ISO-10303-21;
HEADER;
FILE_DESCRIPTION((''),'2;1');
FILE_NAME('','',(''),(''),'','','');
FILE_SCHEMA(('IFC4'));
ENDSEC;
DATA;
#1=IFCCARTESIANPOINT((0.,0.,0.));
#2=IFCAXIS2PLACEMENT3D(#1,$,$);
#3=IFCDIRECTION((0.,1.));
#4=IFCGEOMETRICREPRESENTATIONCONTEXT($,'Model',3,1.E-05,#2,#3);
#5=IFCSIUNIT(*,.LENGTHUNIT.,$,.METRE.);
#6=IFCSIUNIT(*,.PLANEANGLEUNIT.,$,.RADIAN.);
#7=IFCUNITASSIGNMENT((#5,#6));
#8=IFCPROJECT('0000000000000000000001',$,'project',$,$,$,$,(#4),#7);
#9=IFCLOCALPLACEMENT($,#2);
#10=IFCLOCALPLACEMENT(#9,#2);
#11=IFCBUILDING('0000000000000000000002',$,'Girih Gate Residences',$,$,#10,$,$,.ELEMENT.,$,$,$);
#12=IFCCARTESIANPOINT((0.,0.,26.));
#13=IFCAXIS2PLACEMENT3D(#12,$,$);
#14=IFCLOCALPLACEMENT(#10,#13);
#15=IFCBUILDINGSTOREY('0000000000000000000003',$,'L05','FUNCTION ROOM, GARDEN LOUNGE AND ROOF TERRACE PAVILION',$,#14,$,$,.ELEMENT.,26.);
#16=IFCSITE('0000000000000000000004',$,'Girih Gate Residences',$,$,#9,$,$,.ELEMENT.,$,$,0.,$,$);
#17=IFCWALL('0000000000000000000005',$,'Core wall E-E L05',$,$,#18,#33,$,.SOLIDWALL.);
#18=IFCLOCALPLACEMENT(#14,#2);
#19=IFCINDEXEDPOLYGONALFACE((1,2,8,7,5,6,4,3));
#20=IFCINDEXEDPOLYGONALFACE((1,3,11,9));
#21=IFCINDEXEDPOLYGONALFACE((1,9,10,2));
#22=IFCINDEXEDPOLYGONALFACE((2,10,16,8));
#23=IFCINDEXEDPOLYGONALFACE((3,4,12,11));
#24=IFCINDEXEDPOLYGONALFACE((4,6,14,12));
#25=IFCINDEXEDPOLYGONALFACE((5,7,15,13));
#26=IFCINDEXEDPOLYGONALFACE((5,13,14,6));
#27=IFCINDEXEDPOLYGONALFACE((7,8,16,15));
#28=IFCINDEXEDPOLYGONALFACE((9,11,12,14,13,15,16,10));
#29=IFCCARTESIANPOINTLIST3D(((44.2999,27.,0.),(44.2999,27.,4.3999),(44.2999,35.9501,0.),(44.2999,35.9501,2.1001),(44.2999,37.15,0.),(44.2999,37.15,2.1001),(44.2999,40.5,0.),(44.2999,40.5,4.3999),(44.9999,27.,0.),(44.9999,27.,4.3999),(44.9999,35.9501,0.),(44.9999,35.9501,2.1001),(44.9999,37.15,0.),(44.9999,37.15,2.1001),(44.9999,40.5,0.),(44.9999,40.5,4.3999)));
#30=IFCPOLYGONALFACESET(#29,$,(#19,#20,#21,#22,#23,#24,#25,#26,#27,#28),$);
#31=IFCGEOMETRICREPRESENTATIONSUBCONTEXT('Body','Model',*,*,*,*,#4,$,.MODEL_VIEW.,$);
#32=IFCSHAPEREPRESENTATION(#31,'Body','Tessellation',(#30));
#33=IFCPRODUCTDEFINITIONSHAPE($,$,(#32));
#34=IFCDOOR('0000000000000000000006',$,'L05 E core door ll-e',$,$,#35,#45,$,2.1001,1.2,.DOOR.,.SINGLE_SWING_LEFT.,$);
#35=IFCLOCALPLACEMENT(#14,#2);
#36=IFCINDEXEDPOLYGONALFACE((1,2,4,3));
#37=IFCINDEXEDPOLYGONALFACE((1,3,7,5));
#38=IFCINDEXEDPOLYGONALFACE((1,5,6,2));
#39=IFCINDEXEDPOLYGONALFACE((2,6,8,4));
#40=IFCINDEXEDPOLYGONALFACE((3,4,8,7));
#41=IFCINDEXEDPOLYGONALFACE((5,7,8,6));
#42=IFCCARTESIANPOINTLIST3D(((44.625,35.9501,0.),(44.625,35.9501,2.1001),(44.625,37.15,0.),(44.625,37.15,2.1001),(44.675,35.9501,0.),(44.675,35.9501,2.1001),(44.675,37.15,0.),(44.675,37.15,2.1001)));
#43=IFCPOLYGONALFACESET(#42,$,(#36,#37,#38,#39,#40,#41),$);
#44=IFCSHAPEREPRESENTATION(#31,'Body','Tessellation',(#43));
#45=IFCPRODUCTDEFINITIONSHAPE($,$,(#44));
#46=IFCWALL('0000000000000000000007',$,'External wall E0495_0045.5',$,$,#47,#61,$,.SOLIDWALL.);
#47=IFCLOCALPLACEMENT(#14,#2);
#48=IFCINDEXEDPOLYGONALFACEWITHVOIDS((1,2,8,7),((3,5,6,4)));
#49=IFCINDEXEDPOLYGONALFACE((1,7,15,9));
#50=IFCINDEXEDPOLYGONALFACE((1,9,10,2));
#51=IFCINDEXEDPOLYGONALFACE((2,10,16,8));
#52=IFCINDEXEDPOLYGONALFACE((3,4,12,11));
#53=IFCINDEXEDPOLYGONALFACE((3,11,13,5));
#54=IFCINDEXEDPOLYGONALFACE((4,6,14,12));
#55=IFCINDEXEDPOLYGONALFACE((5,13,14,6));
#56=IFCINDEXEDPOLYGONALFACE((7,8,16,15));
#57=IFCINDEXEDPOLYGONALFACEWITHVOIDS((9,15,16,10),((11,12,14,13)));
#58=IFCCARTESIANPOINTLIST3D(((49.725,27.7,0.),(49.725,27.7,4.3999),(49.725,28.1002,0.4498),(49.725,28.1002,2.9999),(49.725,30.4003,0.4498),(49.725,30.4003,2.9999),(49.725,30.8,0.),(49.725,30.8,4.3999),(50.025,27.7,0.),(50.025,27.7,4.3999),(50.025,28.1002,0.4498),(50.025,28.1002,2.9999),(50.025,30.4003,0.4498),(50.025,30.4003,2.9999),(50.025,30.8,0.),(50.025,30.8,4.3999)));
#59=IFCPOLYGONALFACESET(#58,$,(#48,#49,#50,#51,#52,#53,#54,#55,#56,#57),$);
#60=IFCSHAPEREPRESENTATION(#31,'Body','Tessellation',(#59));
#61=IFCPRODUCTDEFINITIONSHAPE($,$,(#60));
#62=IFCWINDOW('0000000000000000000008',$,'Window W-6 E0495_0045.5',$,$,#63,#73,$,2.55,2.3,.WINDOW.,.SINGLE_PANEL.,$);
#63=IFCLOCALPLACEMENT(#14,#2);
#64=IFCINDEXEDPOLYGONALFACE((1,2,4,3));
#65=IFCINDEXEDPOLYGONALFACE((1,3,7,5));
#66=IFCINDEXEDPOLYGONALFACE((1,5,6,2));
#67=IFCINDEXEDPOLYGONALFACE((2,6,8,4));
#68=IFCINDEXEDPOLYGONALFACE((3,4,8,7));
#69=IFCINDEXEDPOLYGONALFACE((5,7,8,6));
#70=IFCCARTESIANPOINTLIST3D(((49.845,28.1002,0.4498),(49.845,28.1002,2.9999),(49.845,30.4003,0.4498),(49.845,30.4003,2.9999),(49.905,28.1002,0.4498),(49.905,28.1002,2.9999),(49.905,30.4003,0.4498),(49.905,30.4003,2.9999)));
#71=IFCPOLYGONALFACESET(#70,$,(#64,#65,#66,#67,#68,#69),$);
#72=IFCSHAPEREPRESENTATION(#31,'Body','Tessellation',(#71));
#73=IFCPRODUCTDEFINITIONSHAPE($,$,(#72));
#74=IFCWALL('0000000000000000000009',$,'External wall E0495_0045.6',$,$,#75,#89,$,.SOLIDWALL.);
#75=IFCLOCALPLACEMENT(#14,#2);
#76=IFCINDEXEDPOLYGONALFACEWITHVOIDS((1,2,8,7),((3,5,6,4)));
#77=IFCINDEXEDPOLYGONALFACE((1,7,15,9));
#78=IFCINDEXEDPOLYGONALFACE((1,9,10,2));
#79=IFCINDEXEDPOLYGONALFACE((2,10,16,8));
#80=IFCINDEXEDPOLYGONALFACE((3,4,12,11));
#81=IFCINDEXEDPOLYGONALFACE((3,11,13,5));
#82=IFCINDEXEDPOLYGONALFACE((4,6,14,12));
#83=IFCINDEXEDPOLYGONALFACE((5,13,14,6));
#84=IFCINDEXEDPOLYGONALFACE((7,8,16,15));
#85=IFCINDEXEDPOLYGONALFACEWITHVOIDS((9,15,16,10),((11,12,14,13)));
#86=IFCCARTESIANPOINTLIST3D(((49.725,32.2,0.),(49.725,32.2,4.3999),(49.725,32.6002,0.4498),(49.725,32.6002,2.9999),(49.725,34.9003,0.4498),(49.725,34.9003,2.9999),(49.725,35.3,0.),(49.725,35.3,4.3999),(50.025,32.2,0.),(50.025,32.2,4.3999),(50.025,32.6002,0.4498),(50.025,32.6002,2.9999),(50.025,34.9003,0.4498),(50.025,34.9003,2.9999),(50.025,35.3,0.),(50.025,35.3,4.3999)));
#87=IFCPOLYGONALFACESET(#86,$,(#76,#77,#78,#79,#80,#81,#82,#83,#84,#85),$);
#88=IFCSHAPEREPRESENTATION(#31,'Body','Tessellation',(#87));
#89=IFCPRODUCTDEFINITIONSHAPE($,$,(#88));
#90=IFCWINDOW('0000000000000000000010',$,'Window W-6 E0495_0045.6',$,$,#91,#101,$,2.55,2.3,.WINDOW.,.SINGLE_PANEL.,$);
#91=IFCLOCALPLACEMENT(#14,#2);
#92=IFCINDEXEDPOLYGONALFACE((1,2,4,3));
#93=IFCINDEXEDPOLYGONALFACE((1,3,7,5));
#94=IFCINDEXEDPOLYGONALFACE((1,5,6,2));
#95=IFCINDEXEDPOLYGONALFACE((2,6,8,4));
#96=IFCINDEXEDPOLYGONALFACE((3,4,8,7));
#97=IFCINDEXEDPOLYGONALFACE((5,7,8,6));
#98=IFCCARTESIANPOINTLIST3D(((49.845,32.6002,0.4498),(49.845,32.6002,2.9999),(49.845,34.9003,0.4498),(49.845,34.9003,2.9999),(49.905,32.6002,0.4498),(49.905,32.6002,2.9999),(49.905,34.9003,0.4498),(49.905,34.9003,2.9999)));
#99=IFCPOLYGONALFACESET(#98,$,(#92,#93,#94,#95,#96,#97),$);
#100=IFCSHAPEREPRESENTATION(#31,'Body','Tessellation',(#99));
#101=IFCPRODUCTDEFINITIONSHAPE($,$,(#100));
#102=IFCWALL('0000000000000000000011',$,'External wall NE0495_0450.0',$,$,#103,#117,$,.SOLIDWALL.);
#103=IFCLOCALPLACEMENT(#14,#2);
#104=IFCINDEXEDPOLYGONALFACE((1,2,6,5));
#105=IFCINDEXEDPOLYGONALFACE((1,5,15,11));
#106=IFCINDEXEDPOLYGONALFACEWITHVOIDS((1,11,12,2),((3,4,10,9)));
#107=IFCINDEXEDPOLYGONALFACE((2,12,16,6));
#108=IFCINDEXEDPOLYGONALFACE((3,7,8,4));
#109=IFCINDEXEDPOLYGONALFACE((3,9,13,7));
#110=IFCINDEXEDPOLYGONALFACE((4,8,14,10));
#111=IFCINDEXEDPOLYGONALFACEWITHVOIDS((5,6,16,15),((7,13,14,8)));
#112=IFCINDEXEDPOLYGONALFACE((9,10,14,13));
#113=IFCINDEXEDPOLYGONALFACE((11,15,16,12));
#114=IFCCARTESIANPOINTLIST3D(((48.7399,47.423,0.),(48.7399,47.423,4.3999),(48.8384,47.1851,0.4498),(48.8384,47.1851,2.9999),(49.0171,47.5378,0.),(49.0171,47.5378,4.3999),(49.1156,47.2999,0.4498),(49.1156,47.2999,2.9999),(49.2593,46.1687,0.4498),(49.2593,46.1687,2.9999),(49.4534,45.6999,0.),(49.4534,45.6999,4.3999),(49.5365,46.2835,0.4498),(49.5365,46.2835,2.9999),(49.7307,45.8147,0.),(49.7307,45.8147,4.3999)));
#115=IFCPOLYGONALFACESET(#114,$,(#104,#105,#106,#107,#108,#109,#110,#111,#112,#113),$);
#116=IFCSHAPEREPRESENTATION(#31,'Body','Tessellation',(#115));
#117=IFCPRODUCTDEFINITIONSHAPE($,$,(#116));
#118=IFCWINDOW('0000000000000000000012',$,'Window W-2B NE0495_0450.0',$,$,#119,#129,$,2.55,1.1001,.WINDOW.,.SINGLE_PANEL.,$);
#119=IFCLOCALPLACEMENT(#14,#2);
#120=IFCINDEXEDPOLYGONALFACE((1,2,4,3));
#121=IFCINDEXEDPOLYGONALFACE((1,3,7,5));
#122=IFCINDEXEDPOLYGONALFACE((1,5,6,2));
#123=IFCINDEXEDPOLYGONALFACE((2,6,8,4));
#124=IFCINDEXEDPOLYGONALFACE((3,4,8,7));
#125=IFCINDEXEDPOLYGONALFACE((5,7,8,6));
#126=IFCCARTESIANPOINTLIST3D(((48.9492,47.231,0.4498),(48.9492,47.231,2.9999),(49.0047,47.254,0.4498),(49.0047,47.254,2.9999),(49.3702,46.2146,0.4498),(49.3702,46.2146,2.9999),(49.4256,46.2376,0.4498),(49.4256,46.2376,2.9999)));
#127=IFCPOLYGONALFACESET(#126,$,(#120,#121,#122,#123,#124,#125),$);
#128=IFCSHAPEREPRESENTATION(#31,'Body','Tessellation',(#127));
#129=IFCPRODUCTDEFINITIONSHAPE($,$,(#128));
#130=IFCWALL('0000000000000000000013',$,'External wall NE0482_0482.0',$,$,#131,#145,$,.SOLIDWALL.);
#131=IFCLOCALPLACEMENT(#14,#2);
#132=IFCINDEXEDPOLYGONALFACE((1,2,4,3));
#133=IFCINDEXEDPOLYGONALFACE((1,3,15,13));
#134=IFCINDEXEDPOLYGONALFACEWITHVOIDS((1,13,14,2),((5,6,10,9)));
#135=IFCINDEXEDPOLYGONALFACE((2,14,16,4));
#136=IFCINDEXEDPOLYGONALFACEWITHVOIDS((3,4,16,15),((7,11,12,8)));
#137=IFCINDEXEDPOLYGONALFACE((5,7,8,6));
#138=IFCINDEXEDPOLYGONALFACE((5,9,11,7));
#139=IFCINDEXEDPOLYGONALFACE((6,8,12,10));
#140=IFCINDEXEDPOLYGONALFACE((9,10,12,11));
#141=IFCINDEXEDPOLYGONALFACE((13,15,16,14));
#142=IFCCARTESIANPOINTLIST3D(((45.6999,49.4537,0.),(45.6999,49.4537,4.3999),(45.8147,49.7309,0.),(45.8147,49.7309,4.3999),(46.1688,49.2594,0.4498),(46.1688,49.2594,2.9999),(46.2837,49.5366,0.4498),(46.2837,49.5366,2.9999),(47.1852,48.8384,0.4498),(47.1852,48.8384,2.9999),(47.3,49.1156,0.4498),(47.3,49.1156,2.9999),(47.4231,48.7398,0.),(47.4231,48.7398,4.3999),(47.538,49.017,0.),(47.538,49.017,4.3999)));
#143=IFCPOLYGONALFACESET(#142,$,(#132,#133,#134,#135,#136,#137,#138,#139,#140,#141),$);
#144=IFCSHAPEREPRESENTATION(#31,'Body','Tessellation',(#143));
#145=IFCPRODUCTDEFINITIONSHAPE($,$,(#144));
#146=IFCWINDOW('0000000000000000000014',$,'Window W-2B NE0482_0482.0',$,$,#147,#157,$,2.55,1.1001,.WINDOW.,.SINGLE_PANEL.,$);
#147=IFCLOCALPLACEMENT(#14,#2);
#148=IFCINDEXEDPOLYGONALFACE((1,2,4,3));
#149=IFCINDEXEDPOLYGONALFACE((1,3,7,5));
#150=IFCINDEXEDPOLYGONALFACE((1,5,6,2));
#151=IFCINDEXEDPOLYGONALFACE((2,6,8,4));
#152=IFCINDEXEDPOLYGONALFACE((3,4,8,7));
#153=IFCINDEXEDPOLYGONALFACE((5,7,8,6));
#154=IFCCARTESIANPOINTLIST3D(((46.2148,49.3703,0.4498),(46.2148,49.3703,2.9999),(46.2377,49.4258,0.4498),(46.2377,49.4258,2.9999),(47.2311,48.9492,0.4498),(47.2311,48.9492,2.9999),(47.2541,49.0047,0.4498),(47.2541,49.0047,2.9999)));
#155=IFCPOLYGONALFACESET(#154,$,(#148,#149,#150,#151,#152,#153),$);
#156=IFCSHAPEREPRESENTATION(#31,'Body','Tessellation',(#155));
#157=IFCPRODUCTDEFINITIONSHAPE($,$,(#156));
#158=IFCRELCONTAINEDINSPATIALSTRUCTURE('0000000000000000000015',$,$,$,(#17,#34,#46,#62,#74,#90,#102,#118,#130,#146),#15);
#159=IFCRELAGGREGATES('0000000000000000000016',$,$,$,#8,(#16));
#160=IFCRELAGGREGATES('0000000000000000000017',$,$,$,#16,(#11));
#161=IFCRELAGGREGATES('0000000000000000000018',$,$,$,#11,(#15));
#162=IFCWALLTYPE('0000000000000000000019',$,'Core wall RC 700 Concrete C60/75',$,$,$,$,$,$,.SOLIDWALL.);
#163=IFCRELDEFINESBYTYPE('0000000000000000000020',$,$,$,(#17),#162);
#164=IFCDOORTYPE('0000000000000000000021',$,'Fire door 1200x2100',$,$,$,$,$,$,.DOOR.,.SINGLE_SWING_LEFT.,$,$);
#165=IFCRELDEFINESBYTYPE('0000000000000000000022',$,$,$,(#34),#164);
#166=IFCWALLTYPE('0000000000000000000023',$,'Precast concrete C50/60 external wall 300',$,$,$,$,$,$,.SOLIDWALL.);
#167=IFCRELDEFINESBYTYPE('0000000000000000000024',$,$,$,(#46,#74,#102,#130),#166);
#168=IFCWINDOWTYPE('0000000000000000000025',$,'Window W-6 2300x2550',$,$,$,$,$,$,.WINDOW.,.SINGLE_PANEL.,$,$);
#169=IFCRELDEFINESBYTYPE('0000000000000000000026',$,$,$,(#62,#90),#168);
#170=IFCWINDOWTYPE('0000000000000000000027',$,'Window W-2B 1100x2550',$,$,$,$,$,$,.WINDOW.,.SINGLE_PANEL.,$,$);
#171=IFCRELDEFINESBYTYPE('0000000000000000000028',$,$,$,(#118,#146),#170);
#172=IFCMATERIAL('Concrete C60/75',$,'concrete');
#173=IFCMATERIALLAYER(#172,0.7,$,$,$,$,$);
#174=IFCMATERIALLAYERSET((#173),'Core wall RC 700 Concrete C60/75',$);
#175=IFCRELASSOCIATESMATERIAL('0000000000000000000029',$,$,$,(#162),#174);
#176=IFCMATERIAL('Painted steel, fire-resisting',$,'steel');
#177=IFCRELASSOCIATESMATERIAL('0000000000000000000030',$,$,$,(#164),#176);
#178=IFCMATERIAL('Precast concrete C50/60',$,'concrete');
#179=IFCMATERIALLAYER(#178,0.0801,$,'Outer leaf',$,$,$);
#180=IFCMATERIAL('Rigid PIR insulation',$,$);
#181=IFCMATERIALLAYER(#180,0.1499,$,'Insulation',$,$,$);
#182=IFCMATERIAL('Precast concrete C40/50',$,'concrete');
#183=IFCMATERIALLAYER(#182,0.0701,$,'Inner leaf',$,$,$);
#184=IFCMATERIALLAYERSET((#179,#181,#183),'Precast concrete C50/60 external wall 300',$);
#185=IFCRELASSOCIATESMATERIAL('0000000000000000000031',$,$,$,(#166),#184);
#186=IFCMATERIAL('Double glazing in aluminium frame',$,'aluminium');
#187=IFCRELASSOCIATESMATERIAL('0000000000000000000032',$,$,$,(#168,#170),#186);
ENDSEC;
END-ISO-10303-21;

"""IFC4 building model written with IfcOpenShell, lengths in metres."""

from ifc_helpers import new_model, si_unit, direction, frame, frame_2d, origin, place, context, subcontext, project, spatial, rectangle, extrude, material, layer, layer_set, type_object, element, fill, save


model = new_model("IFC4")

# Units and contexts
model_context = context("Model", 3, precision=1e-05, world=origin(), true_north=direction((0.0, 1.0)))
body_context = subcontext(model_context, "Body", "Model", "MODEL_VIEW")
ifc_project = project(units=[si_unit("LENGTHUNIT", "METRE"), si_unit("PLANEANGLEUNIT", "RADIAN")], contexts=[model_context])

# Site, building, storey
site_placement = place(None, origin())
site = spatial("IfcSite", under=ifc_project, at=site_placement, Name="Girih Gate Residences", CompositionType="ELEMENT", RefElevation=0.0)
building_placement = place(site_placement, origin())
building = spatial("IfcBuilding", under=site, at=building_placement, Name="Girih Gate Residences", CompositionType="ELEMENT")
storey_placement = place(building_placement, frame((0.0, 0.0, 26.0)))
storey = spatial("IfcBuildingStorey", under=building, at=storey_placement, Name="L05", Description="FUNCTION ROOM, GARDEN LOUNGE AND ROOF TERRACE PAVILION", CompositionType="ELEMENT", Elevation=26.0)

# Shared definitions
ifc_material_1 = material(Name="Concrete C60/75", Category="concrete")

# Wall, opening, door
ifc_layer_1 = layer(ifc_material_1, 0.7)
ifc_layer_set_1 = layer_set([ifc_layer_1], Name="Core wall RC 700 Concrete C60/75")
wall_type_1 = type_object("IfcWallType", Name="Core wall RC 700 Concrete C60/75", PredefinedType="SOLIDWALL", material=ifc_layer_set_1)
wall_1_placement = place(storey_placement, frame((44.6499, 27.0, 0.0), z_axis=(0.0, 0.0, 1.0), x_axis=(0.0, 1.0, 0.0)))
wall_1 = element("IfcWall", 1, at=wall_1_placement, inside=storey, type_object=wall_type_1, Name="Core wall E-E L05", PredefinedType="SOLIDWALL", context=body_context, shape_type="SweptSolid", body=[
    extrude(rectangle(XDim=13.5, YDim=0.7, at=frame_2d((6.75, 0.0))), origin(), (0.0, 0.0, 1.0), 4.3999),
])
opening_1_placement = place(wall_1_placement, frame((8.95, 0.0, 0.0)))
opening_1 = element("IfcOpeningElement", 2, at=opening_1_placement, cuts=wall_1, PredefinedType="OPENING", context=body_context, shape_type="SweptSolid", body=[
    extrude(rectangle(XDim=1.2, YDim=2.1001, at=frame_2d((0.6001, 1.05))), frame((0.0, 0.3599, 0.0), z_axis=(0.0, -1.0, 0.0), x_axis=(1.0, 0.0, 0.0)), (0.0, 0.0, 1.0), 0.72),
])
ifc_material_2 = material(Name="Painted steel, fire-resisting", Category="steel")
door_type_1 = type_object("IfcDoorType", Name="Fire door 1200x2100", OperationType="SINGLE_SWING_LEFT", PredefinedType="DOOR", material=ifc_material_2)
door_1_placement = place(opening_1_placement, origin())
door_1 = element("IfcDoor", 3, at=door_1_placement, inside=storey, type_object=door_type_1, Name="L05 E core door ll-e", OperationType="SINGLE_SWING_LEFT", OverallHeight=2.1001, OverallWidth=1.2, PredefinedType="DOOR", context=body_context, shape_type="SweptSolid", body=[
    extrude(rectangle(XDim=1.2, YDim=2.1001, at=frame_2d((0.6001, 1.05))), frame((0.0, 0.0249, 0.0), z_axis=(0.0, -1.0, 0.0), x_axis=(1.0, 0.0, 0.0)), (0.0, 0.0, 1.0), 0.05),
])
fill(opening_1, door_1)

# Walls, openings, windows
ifc_material_3 = material(Name="Precast concrete C50/60", Category="concrete")
ifc_layer_2 = layer(ifc_material_3, 0.0801, Name="Outer leaf")
ifc_material_4 = material(Name="Rigid PIR insulation")
ifc_layer_3 = layer(ifc_material_4, 0.1499, Name="Insulation")
ifc_material_5 = material(Name="Precast concrete C40/50", Category="concrete")
ifc_layer_4 = layer(ifc_material_5, 0.0701, Name="Inner leaf")
ifc_layer_set_2 = layer_set([ifc_layer_2, ifc_layer_3, ifc_layer_4], Name="Precast concrete C50/60 external wall 300")
wall_type_2 = type_object("IfcWallType", Name="Precast concrete C50/60 external wall 300", PredefinedType="SOLIDWALL", material=ifc_layer_set_2)
wall_2_placement = place(storey_placement, frame((49.875, 30.8, 0.0), z_axis=(0.0, 0.0, 1.0), x_axis=(0.0, -1.0, 0.0)))
wall_2 = element("IfcWall", 4, at=wall_2_placement, inside=storey, type_object=wall_type_2, Name="External wall E0495_0045.5", PredefinedType="SOLIDWALL", context=body_context, shape_type="SweptSolid", body=[
    extrude(rectangle(XDim=3.1001, YDim=0.3, at=frame_2d((1.55, 0.0))), origin(), (0.0, 0.0, 1.0), 4.3999),
])
opening_2_placement = place(wall_2_placement, frame((0.3999, 0.0, 0.45)))
opening_2 = element("IfcOpeningElement", 5, at=opening_2_placement, cuts=wall_2, PredefinedType="OPENING", context=body_context, shape_type="SweptSolid", body=[
    extrude(rectangle(XDim=2.3, YDim=2.55, at=frame_2d((1.1499, 1.2749))), frame((0.0, 0.1599, 0.0), z_axis=(0.0, -1.0, 0.0), x_axis=(1.0, 0.0, 0.0)), (0.0, 0.0, 1.0), 0.3201),
])
ifc_material_6 = material(Name="Double glazing in aluminium frame", Category="aluminium")
window_type_1 = type_object("IfcWindowType", Name="Window W-6 2300x2550", PartitioningType="SINGLE_PANEL", PredefinedType="WINDOW", material=ifc_material_6)
window_1_placement = place(opening_2_placement, origin())
window_1 = element("IfcWindow", 6, at=window_1_placement, inside=storey, type_object=window_type_1, Name="Window W-6 E0495_0045.5", OverallHeight=2.55, OverallWidth=2.3, PartitioningType="SINGLE_PANEL", PredefinedType="WINDOW", context=body_context, shape_type="SweptSolid", body=[
    extrude(rectangle(XDim=2.3, YDim=2.55, at=frame_2d((1.1499, 1.2749))), frame((0.0, 0.03, 0.0), z_axis=(0.0, -1.0, 0.0), x_axis=(1.0, 0.0, 0.0)), (0.0, 0.0, 1.0), 0.0601),
])
fill(opening_2, window_1)
wall_3_placement = place(storey_placement, frame((49.875, 35.3, 0.0), z_axis=(0.0, 0.0, 1.0), x_axis=(0.0, -1.0, 0.0)))
wall_3 = element("IfcWall", 7, at=wall_3_placement, inside=storey, type_object=wall_type_2, Name="External wall E0495_0045.6", PredefinedType="SOLIDWALL", context=body_context, shape_type="SweptSolid", body=[
    extrude(rectangle(XDim=3.1001, YDim=0.3, at=frame_2d((1.55, 0.0))), origin(), (0.0, 0.0, 1.0), 4.3999),
])
opening_3_placement = place(wall_3_placement, frame((0.3999, 0.0, 0.45)))
opening_3 = element("IfcOpeningElement", 8, at=opening_3_placement, cuts=wall_3, PredefinedType="OPENING", context=body_context, shape_type="SweptSolid", body=[
    extrude(rectangle(XDim=2.3, YDim=2.55, at=frame_2d((1.1499, 1.2749))), frame((0.0, 0.1599, 0.0), z_axis=(0.0, -1.0, 0.0), x_axis=(1.0, 0.0, 0.0)), (0.0, 0.0, 1.0), 0.3201),
])
window_2_placement = place(opening_3_placement, origin())
window_2 = element("IfcWindow", 9, at=window_2_placement, inside=storey, type_object=window_type_1, Name="Window W-6 E0495_0045.6", OverallHeight=2.55, OverallWidth=2.3, PartitioningType="SINGLE_PANEL", PredefinedType="WINDOW", context=body_context, shape_type="SweptSolid", body=[
    extrude(rectangle(XDim=2.3, YDim=2.55, at=frame_2d((1.1499, 1.2749))), frame((0.0, 0.03, 0.0), z_axis=(0.0, -1.0, 0.0), x_axis=(1.0, 0.0, 0.0)), (0.0, 0.0, 1.0), 0.0601),
])
fill(opening_3, window_2)
wall_4_placement = place(storey_placement, frame((48.8784, 47.4805, 0.0), z_axis=(0.0, 0.0, 1.0), x_axis=(0.382625, -0.923904, 0.0)))
wall_4 = element("IfcWall", 10, at=wall_4_placement, inside=storey, type_object=wall_type_2, Name="External wall NE0495_0450.0", PredefinedType="SOLIDWALL", context=body_context, shape_type="SweptSolid", body=[
    extrude(rectangle(XDim=1.865, YDim=0.3, at=frame_2d((0.9326, 0.0))), origin(), (0.0, 0.0, 1.0), 4.3999),
])
opening_4_placement = place(wall_4_placement, frame((0.2576, 0.0, 0.45)))
opening_4 = element("IfcOpeningElement", 11, at=opening_4_placement, cuts=wall_4, PredefinedType="OPENING", context=body_context, shape_type="SweptSolid", body=[
    extrude(rectangle(XDim=1.1001, YDim=2.55, at=frame_2d((0.55, 1.2749))), frame((0.0, 0.1599, 0.0), z_axis=(0.0, -1.0, 0.0), x_axis=(1.0, 0.0, 0.0)), (0.0, 0.0, 1.0), 0.3201),
])
window_type_2 = type_object("IfcWindowType", Name="Window W-2B 1100x2550", PartitioningType="SINGLE_PANEL", PredefinedType="WINDOW", material=ifc_material_6)
window_3_placement = place(opening_4_placement, origin())
window_3 = element("IfcWindow", 12, at=window_3_placement, inside=storey, type_object=window_type_2, Name="Window W-2B NE0495_0450.0", OverallHeight=2.55, OverallWidth=1.1001, PartitioningType="SINGLE_PANEL", PredefinedType="WINDOW", context=body_context, shape_type="SweptSolid", body=[
    extrude(rectangle(XDim=1.1001, YDim=2.55, at=frame_2d((0.55, 1.2749))), frame((0.0, 0.03, 0.0), z_axis=(0.0, -1.0, 0.0), x_axis=(1.0, 0.0, 0.0)), (0.0, 0.0, 1.0), 0.0601),
])
fill(opening_4, window_3)
wall_5_placement = place(storey_placement, frame((45.7573, 49.5923, 0.0), z_axis=(0.0, 0.0, 1.0), x_axis=(0.923857, -0.382737, 0.0)))
wall_5 = element("IfcWall", 13, at=wall_5_placement, inside=storey, type_object=wall_type_2, Name="External wall NE0482_0482.0", PredefinedType="SOLIDWALL", context=body_context, shape_type="SweptSolid", body=[
    extrude(rectangle(XDim=1.8652, YDim=0.3, at=frame_2d((0.9326, 0.0))), origin(), (0.0, 0.0, 1.0), 4.3999),
])
opening_5_placement = place(wall_5_placement, frame((0.5076, 0.0, 0.45)))
opening_5 = element("IfcOpeningElement", 14, at=opening_5_placement, cuts=wall_5, PredefinedType="OPENING", context=body_context, shape_type="SweptSolid", body=[
    extrude(rectangle(XDim=1.1001, YDim=2.55, at=frame_2d((0.55, 1.2749))), frame((0.0, 0.1599, 0.0), z_axis=(0.0, -1.0, 0.0), x_axis=(1.0, 0.0, 0.0)), (0.0, 0.0, 1.0), 0.3201),
])
window_4_placement = place(opening_5_placement, origin())
window_4 = element("IfcWindow", 15, at=window_4_placement, inside=storey, type_object=window_type_2, Name="Window W-2B NE0482_0482.0", OverallHeight=2.55, OverallWidth=1.1001, PartitioningType="SINGLE_PANEL", PredefinedType="WINDOW", context=body_context, shape_type="SweptSolid", body=[
    extrude(rectangle(XDim=1.1001, YDim=2.55, at=frame_2d((0.55, 1.2749))), frame((0.0, 0.03, 0.0), z_axis=(0.0, -1.0, 0.0), x_axis=(1.0, 0.0, 0.0)), (0.0, 0.0, 1.0), 0.0601),
])
fill(opening_5, window_4)

save(model, "model.ifc")
